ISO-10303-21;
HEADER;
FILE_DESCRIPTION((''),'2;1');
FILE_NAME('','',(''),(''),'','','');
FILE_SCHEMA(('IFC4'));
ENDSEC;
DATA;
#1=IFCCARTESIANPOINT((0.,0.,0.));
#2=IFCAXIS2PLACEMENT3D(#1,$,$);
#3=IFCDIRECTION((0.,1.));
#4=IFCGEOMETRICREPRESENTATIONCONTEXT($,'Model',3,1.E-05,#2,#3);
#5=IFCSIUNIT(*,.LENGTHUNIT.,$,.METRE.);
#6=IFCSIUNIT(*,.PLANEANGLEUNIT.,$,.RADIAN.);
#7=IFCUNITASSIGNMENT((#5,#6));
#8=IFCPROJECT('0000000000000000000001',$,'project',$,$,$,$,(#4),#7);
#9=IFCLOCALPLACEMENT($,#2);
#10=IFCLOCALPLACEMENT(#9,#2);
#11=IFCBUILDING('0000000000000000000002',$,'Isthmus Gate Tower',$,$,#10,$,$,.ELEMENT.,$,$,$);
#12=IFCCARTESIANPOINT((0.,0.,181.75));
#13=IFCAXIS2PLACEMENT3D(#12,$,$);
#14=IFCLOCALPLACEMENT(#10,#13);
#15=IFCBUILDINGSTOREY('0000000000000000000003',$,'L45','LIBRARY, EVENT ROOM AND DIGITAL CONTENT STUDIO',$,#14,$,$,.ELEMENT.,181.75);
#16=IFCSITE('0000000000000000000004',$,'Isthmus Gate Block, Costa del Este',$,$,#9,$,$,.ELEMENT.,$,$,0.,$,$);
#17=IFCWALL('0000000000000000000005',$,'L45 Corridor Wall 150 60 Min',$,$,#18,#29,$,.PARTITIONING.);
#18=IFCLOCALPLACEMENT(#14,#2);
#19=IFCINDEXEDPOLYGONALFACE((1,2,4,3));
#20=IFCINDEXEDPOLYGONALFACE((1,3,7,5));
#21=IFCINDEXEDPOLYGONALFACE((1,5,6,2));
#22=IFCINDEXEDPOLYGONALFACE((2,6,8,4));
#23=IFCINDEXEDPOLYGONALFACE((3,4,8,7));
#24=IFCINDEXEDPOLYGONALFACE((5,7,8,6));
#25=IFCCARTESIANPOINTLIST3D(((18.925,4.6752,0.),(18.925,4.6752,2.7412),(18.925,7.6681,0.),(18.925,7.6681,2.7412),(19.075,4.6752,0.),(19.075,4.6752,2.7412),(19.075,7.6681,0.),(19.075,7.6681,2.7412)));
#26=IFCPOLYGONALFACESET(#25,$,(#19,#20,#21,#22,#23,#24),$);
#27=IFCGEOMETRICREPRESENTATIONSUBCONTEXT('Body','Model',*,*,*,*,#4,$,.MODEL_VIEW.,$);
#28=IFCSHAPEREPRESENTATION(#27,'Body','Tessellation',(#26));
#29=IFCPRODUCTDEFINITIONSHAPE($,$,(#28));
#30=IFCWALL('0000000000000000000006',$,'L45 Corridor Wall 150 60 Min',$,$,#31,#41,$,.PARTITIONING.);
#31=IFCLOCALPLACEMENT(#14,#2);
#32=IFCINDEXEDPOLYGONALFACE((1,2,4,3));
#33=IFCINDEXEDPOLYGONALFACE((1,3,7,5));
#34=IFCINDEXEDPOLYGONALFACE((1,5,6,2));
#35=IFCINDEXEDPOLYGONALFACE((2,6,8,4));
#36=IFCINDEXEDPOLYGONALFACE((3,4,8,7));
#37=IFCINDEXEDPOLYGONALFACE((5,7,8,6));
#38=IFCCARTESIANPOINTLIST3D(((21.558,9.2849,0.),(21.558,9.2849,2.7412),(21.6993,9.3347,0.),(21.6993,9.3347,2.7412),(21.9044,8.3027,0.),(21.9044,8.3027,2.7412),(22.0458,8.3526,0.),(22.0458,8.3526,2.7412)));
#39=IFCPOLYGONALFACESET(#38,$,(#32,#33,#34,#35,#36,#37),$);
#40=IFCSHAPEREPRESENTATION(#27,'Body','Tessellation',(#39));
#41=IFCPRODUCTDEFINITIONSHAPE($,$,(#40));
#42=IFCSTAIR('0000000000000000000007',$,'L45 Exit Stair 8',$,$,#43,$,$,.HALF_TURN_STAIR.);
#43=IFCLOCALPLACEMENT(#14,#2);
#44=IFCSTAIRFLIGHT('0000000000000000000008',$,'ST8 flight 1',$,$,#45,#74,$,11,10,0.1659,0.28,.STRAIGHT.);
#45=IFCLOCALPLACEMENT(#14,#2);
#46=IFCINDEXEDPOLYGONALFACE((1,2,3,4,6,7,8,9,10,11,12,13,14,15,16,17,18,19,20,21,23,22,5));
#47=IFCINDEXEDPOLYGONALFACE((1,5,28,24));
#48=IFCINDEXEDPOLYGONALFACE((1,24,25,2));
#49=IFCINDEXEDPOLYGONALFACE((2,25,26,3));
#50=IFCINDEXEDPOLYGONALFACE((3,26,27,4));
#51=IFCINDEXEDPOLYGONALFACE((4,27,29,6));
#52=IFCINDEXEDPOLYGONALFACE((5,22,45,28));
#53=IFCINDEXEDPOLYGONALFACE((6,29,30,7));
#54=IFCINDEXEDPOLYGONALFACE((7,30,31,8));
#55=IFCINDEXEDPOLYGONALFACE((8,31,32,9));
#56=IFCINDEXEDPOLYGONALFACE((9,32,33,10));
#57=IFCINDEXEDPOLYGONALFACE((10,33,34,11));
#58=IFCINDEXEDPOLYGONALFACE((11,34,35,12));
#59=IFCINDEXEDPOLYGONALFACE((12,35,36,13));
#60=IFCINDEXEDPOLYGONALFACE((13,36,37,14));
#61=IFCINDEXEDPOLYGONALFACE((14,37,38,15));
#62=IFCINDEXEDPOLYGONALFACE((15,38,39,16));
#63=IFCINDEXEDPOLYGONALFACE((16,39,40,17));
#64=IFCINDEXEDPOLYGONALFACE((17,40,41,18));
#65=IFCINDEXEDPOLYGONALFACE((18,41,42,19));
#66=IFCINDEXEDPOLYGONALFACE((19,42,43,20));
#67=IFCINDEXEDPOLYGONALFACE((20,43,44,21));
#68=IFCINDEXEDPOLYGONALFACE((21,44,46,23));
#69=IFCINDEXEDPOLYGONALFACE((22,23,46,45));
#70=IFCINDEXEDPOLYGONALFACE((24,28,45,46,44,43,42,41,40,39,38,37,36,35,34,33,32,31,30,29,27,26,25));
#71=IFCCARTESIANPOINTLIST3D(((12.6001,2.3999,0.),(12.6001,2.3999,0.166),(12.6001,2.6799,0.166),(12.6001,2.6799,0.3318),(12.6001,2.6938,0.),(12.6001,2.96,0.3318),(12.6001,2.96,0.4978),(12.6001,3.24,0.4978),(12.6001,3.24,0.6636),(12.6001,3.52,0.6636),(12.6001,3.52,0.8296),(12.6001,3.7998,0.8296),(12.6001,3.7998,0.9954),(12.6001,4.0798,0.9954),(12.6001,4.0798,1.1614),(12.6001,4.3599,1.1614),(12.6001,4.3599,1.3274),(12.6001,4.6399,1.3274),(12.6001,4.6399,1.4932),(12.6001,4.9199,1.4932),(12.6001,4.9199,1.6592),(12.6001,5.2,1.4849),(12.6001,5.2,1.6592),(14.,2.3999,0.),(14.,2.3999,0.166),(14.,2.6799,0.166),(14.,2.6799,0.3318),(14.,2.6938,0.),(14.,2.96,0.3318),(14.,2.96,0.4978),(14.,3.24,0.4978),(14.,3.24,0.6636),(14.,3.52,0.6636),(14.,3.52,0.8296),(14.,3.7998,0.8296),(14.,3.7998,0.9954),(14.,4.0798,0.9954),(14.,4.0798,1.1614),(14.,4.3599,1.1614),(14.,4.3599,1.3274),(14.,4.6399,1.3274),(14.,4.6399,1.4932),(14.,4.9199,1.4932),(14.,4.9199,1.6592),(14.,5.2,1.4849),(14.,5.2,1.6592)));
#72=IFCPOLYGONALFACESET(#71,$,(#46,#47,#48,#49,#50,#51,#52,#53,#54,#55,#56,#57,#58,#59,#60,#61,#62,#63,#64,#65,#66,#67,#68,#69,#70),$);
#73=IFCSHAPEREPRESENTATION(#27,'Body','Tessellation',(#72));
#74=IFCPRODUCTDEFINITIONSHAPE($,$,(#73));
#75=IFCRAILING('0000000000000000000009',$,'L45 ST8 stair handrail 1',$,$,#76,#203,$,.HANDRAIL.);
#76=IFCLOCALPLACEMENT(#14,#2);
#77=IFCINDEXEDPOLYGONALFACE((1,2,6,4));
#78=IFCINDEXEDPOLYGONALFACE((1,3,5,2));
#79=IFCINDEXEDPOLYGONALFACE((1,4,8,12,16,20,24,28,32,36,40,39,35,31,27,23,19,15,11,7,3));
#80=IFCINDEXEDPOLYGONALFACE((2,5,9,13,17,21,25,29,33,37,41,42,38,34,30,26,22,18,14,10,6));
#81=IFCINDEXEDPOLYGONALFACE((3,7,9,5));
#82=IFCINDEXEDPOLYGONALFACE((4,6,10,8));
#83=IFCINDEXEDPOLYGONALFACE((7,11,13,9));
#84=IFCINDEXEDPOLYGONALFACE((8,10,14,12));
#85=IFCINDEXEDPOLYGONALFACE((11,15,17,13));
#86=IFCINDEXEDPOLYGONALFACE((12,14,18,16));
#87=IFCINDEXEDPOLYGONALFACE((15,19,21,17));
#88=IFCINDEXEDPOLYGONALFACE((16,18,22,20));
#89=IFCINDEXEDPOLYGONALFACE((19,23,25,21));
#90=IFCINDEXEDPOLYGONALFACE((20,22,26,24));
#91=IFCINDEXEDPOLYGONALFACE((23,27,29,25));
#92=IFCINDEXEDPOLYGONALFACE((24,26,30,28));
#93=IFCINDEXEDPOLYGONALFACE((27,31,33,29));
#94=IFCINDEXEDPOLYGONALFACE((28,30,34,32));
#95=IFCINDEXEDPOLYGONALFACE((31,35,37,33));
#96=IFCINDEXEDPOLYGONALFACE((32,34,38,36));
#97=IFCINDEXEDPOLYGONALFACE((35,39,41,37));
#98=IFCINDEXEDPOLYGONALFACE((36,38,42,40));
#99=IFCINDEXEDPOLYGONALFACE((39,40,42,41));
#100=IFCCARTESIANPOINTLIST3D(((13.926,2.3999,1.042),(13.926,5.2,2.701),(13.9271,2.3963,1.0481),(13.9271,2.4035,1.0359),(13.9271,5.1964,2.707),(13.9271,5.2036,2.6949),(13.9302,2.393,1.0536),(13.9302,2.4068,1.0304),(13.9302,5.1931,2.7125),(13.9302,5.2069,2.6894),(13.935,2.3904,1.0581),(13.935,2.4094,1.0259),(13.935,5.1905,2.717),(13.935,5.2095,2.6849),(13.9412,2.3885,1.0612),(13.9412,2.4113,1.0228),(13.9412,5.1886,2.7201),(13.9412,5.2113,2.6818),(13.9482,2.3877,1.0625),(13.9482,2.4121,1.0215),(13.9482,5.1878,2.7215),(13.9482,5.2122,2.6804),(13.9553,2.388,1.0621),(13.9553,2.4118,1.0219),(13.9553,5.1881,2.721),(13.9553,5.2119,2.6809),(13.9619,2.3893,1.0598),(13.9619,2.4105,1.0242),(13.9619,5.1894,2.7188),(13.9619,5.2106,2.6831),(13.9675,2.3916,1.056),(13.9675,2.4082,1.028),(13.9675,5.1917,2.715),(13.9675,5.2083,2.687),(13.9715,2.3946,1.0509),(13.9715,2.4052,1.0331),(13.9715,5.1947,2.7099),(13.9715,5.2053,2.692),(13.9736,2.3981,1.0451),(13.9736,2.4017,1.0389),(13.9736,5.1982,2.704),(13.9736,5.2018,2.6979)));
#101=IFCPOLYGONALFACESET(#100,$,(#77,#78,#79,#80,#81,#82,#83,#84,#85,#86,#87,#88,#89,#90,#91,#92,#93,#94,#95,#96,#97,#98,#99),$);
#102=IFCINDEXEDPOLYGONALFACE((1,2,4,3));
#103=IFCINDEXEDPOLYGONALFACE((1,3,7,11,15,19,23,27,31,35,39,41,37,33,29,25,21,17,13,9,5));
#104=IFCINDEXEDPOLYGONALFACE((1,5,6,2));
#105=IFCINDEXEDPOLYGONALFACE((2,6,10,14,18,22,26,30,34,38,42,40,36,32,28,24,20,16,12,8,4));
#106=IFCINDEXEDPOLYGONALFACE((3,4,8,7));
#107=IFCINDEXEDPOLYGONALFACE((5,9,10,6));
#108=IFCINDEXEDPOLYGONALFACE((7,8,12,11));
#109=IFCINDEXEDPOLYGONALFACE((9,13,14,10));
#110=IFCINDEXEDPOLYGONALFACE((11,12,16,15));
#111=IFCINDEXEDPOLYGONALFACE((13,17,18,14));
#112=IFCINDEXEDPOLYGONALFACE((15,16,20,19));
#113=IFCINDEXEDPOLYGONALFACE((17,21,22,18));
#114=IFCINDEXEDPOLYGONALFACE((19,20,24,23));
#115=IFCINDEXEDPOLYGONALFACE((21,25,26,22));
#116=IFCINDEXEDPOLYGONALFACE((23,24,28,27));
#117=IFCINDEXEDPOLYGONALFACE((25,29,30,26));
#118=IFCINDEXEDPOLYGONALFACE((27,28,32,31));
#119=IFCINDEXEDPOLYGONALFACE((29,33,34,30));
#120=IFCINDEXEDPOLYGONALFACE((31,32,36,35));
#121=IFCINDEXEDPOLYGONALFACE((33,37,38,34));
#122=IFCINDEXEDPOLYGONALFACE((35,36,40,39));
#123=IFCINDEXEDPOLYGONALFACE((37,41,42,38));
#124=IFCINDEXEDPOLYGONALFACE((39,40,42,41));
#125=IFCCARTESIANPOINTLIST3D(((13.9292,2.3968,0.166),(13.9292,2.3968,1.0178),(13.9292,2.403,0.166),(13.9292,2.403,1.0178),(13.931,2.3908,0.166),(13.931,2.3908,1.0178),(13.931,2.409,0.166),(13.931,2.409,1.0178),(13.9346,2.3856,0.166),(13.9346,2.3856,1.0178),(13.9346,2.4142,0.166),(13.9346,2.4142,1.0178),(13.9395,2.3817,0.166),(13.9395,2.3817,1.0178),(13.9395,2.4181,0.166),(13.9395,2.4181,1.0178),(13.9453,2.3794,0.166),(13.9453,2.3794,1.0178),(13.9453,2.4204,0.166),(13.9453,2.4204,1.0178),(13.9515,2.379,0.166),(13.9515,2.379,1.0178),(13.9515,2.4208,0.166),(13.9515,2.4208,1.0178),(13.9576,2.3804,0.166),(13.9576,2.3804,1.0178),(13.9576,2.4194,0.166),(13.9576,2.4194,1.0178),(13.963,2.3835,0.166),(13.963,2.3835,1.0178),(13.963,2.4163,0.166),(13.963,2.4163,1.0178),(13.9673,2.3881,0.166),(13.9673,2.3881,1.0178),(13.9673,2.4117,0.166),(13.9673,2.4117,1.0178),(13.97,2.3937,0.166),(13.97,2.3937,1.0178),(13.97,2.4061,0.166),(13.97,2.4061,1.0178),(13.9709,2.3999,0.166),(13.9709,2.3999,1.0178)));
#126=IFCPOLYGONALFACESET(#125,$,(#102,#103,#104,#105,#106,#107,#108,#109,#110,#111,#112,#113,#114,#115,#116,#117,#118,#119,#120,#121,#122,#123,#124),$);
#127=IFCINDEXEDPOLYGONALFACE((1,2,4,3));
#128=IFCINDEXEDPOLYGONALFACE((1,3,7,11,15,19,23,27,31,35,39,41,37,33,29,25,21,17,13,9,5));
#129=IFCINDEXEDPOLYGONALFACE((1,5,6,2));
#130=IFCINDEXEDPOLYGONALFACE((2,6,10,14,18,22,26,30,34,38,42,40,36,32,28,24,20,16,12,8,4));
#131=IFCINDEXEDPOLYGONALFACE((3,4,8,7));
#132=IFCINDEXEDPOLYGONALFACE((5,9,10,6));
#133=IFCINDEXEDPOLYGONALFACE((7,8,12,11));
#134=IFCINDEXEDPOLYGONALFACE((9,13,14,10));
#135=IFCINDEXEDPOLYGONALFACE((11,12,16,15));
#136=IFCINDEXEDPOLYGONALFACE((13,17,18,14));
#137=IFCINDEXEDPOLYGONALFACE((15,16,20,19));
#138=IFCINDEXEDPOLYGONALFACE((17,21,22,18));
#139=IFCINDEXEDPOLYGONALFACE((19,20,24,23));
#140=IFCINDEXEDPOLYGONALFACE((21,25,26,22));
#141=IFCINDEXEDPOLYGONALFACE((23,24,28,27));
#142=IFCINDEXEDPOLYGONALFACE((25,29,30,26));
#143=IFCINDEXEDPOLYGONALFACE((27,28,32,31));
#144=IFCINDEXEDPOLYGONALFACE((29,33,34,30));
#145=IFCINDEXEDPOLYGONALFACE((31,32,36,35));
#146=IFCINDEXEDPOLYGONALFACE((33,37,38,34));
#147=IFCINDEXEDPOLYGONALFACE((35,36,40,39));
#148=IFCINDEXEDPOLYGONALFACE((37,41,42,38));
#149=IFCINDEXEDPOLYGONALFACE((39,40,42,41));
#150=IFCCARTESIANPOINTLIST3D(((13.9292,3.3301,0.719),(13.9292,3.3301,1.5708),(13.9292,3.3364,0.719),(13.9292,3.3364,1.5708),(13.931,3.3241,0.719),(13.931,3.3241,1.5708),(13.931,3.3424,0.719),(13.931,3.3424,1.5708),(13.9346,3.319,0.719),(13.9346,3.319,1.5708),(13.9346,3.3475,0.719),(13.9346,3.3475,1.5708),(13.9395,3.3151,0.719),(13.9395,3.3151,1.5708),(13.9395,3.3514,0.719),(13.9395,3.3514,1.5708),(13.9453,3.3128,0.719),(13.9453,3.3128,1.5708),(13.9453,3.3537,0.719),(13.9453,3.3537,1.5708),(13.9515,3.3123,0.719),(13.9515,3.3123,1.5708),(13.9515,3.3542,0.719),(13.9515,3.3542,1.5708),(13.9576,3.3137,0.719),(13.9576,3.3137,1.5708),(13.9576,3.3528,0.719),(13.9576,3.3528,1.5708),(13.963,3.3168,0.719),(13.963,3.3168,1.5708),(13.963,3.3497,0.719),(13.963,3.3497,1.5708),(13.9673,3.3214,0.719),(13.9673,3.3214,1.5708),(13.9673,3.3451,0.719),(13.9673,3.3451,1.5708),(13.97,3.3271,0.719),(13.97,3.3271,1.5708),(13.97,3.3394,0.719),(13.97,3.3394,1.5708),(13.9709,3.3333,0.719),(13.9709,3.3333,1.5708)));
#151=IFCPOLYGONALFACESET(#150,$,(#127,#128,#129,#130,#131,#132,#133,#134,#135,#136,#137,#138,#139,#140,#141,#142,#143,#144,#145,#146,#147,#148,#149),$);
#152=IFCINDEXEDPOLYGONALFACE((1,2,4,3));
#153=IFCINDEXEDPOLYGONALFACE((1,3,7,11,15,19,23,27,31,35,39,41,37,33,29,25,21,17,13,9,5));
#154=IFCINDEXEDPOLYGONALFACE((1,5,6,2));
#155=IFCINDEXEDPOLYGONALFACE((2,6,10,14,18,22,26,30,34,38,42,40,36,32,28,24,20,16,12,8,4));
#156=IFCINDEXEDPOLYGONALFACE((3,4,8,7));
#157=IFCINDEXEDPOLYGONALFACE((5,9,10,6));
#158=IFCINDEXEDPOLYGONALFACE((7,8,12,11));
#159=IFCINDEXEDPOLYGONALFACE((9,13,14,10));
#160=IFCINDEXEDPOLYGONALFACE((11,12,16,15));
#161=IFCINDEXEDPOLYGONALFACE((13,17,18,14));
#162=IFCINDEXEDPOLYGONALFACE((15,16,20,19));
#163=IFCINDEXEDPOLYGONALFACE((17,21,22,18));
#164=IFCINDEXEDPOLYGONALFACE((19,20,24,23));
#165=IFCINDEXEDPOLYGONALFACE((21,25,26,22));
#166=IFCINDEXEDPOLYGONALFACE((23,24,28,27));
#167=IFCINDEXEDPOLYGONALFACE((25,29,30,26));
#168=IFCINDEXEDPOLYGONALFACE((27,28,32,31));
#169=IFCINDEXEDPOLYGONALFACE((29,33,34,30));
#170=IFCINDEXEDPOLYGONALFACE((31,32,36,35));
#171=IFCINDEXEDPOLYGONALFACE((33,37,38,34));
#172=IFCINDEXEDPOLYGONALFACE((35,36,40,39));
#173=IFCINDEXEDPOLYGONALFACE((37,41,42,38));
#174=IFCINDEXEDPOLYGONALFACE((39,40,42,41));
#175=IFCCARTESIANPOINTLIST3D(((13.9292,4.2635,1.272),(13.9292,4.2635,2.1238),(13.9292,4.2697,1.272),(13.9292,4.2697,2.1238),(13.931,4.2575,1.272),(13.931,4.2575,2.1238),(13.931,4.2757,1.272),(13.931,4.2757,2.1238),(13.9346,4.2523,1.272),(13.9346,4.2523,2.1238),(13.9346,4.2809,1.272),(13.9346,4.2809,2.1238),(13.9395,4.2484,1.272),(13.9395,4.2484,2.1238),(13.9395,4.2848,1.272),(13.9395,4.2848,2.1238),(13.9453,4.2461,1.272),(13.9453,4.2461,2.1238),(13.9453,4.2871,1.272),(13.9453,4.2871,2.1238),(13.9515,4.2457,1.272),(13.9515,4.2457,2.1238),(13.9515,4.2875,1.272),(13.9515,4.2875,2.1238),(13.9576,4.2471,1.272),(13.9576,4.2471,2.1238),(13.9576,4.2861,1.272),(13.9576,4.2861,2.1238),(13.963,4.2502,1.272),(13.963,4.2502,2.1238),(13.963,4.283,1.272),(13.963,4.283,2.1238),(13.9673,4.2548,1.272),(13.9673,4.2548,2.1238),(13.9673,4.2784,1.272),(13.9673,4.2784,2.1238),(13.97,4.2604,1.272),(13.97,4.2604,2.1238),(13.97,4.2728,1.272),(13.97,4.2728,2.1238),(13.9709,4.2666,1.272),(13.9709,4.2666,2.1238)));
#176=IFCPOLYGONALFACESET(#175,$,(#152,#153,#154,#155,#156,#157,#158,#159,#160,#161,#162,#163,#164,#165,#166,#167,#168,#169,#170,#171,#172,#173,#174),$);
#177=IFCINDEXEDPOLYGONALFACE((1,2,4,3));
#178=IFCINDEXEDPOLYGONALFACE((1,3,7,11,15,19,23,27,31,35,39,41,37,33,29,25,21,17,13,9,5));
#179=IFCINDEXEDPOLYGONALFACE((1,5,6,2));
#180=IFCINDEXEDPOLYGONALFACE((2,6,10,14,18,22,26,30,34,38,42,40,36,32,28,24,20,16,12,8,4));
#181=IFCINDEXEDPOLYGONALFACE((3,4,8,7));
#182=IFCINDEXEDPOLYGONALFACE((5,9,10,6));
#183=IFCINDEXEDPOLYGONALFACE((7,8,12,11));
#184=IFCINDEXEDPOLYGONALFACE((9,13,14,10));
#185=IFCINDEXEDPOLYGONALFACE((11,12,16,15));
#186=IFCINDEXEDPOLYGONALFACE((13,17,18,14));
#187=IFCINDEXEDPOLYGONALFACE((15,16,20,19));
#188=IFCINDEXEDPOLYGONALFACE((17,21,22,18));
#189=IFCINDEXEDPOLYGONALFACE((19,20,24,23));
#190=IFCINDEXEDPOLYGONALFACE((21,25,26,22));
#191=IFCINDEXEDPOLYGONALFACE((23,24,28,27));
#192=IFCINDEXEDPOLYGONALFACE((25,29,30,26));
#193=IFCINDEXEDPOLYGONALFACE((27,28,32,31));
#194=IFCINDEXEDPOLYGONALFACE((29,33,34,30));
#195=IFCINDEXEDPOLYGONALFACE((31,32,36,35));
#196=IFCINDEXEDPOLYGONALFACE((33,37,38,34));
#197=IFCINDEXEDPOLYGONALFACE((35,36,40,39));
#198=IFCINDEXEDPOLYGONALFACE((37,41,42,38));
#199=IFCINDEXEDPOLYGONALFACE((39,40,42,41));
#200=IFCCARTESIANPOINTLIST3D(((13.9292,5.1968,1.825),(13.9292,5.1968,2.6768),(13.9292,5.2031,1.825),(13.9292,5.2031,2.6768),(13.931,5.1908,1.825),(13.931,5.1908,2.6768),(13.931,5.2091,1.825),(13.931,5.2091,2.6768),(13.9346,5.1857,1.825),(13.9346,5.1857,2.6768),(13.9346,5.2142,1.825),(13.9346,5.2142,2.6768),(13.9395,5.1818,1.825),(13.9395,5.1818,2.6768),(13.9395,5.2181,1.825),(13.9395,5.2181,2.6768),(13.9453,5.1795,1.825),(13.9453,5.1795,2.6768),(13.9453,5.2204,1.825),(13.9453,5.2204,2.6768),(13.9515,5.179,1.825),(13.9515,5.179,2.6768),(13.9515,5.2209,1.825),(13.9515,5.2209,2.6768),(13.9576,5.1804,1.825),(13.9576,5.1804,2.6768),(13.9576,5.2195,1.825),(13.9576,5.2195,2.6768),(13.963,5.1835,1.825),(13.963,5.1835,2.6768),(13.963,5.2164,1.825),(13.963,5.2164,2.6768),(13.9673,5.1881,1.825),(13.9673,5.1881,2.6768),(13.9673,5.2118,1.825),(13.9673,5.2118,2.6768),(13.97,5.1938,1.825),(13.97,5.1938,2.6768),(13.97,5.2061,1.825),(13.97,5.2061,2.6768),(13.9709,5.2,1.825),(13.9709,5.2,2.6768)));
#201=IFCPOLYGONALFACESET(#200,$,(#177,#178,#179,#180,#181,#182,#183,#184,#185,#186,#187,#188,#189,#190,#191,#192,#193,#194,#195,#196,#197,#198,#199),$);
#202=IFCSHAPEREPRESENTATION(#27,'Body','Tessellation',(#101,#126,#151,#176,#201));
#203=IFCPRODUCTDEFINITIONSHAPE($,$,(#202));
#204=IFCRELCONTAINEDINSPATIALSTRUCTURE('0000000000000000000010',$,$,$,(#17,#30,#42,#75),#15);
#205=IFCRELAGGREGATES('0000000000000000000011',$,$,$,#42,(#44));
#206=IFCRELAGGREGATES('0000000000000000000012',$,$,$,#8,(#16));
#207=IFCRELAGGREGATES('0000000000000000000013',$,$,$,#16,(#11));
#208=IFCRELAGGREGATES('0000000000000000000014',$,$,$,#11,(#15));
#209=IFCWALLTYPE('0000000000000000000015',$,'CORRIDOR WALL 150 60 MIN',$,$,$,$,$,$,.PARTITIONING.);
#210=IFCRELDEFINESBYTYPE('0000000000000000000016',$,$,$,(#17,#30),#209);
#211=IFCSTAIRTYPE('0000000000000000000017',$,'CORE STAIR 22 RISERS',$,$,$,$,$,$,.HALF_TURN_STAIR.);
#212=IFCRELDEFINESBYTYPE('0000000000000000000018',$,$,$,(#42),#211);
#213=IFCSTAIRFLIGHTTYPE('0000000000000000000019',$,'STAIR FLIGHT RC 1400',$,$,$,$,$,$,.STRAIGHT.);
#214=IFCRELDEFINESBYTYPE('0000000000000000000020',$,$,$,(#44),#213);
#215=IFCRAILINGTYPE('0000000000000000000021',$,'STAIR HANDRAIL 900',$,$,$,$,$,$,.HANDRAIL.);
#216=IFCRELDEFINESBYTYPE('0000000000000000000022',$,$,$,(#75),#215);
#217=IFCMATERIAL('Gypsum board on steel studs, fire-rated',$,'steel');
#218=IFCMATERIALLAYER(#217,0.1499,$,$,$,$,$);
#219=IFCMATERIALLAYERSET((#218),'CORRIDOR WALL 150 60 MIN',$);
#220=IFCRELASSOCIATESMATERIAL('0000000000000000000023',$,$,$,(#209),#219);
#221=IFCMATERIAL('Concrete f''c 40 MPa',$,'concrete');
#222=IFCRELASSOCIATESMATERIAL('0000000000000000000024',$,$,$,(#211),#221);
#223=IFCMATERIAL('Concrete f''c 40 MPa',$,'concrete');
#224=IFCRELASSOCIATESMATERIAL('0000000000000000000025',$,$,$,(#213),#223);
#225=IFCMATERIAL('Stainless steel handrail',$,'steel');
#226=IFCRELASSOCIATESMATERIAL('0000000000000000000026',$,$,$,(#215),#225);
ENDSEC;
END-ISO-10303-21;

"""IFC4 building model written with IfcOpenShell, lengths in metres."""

from ifc_helpers import new_model, si_unit, direction, frame, frame_2d, origin, origin_2d, place, context, subcontext, project, spatial, polyline, rectangle, circle, outline, extrude, material, layer, layer_set, type_object, element, aggregate, save


model = new_model("IFC4")

# Units and contexts
model_context = context("Model", 3, precision=1e-05, world=origin(), true_north=direction((0.0, 1.0)))
body_context = subcontext(model_context, "Body", "Model", "MODEL_VIEW")
ifc_project = project(units=[si_unit("LENGTHUNIT", "METRE"), si_unit("PLANEANGLEUNIT", "RADIAN")], contexts=[model_context])

# Site, building, storey
site_placement = place(None, origin())
site = spatial("IfcSite", under=ifc_project, at=site_placement, Name="Isthmus Gate Block, Costa del Este", CompositionType="ELEMENT", RefElevation=0.0)
building_placement = place(site_placement, origin())
building = spatial("IfcBuilding", under=site, at=building_placement, Name="Isthmus Gate Tower", CompositionType="ELEMENT")
storey_placement = place(building_placement, frame((0.0, 0.0, 181.75)))
storey = spatial("IfcBuildingStorey", under=building, at=storey_placement, Name="L45", Description="LIBRARY, EVENT ROOM AND DIGITAL CONTENT STUDIO", CompositionType="ELEMENT", Elevation=181.75)

# Shared definitions
ifc_material_1 = material(Name="Gypsum board on steel studs, fire-rated", Category="steel")
ifc_layer_1 = layer(ifc_material_1, 0.1499)
ifc_layer_set_1 = layer_set([ifc_layer_1], Name="CORRIDOR WALL 150 60 MIN")
wall_type = type_object("IfcWallType", Name="CORRIDOR WALL 150 60 MIN", PredefinedType="PARTITIONING", material=ifc_layer_set_1)

# Walls
wall_1_placement = place(storey_placement, frame((19.0, 4.675, 0.0), z_axis=(0.0, 0.0, 1.0), x_axis=(0.0, 1.0, 0.0)))
element("IfcWall", 1, at=wall_1_placement, inside=storey, type_object=wall_type, Name="L45 Corridor Wall 150 60 Min", PredefinedType="PARTITIONING", context=body_context, shape_type="SweptSolid", body=[
    extrude(rectangle(XDim=2.9929, YDim=0.1499, at=frame_2d((1.4966, 0.0))), origin(), (0.0, 0.0, 1.0), 2.7412),
])
wall_2_placement = place(storey_placement, frame((21.6287, 9.3098, 0.0), z_axis=(0.0, 0.0, 1.0), x_axis=(0.332636, -0.943055, 0.0)))
element("IfcWall", 2, at=wall_2_placement, inside=storey, type_object=wall_type, Name="L45 Corridor Wall 150 60 Min", PredefinedType="PARTITIONING", context=body_context, shape_type="SweptSolid", body=[
    extrude(rectangle(XDim=1.0415, YDim=0.1499, at=frame_2d((0.5208, 0.0))), origin(), (0.0, 0.0, 1.0), 2.7412),
])

# Stair, stair flight
ifc_material_2 = material(Name="Concrete f'c 40 MPa", Category="concrete")
stair_type = type_object("IfcStairType", Name="CORE STAIR 22 RISERS", PredefinedType="HALF_TURN_STAIR", material=ifc_material_2)
stair_placement = place(storey_placement, origin())
stair = element("IfcStair", 3, at=stair_placement, inside=storey, type_object=stair_type, Name="L45 Exit Stair 8", PredefinedType="HALF_TURN_STAIR")
ifc_material_3 = material(Name="Concrete f'c 40 MPa", Category="concrete")
stair_flight_type = type_object("IfcStairFlightType", Name="STAIR FLIGHT RC 1400", PredefinedType="STRAIGHT", material=ifc_material_3)
stair_flight_placement = place(storey_placement, frame((13.3, 2.3999, 0.0), z_axis=(0.0, 0.0, 1.0), x_axis=(0.0, 1.0, 0.0)))
stair_flight = element("IfcStairFlight", 4, at=stair_flight_placement, type_object=stair_flight_type, Name="ST8 flight 1", NumberOfRisers=11, NumberOfTreads=10, PredefinedType="STRAIGHT", RiserHeight=0.1659, TreadLength=0.28, context=body_context, shape_type="SweptSolid", body=[
    extrude(outline(polyline([(0.0, 0.0), (0.0, 0.166), (0.28, 0.166), (0.28, 0.3318), (0.5601, 0.3318), (0.5601, 0.4978), (0.8401, 0.4978), (0.8401, 0.6636), (1.1201, 0.6636), (1.1201, 0.8296), (1.3999, 0.8296), (1.3999, 0.9954), (1.6799, 0.9954), (1.6799, 1.1614), (1.96, 1.1614), (1.96, 1.3274), (2.24, 1.3274), (2.24, 1.4932), (2.52, 1.4932), (2.52, 1.6592), (2.8, 1.6592), (2.8, 1.825), (2.8, 1.4849), (0.2939, 0.0), (0.0, 0.0)])), frame((0.0, 0.7, 0.0), z_axis=(0.0, -1.0, 0.0), x_axis=(1.0, 0.0, 0.0)), (0.0, 0.0, 1.0), 1.3999),
])
aggregate(stair, [stair_flight])

# Railing
ifc_material_4 = material(Name="Stainless steel handrail", Category="steel")
railing_type = type_object("IfcRailingType", Name="STAIR HANDRAIL 900", PredefinedType="HANDRAIL", material=ifc_material_4)
railing_placement = place(storey_placement, frame((13.95, 2.3999, 0.166)))
element("IfcRailing", 5, at=railing_placement, inside=storey, type_object=railing_type, Name="L45 ST8 stair handrail 1", PredefinedType="HANDRAIL", context=body_context, shape_type="SweptSolid", body=[
    extrude(circle(Radius=0.0239, at=origin_2d()), frame((0.0, 0.0, 0.876), z_axis=(0.0, 0.860339, 0.509722), x_axis=(-1.0, 0.0, 0.0)), (0.0, 0.0, 1.0), 3.2546),
    extrude(circle(Radius=0.021, at=origin_2d()), origin(), (0.0, 0.0, 1.0), 0.8518),
    extrude(circle(Radius=0.021, at=origin_2d()), frame((0.0, 0.9333, 0.553)), (0.0, 0.0, 1.0), 0.8518),
    extrude(circle(Radius=0.021, at=origin_2d()), frame((0.0, 1.8667, 1.106)), (0.0, 0.0, 1.0), 0.8518),
    extrude(circle(Radius=0.021, at=origin_2d()), frame((0.0, 2.8, 1.6589)), (0.0, 0.0, 1.0), 0.8518),
])

save(model, "model.ifc")
